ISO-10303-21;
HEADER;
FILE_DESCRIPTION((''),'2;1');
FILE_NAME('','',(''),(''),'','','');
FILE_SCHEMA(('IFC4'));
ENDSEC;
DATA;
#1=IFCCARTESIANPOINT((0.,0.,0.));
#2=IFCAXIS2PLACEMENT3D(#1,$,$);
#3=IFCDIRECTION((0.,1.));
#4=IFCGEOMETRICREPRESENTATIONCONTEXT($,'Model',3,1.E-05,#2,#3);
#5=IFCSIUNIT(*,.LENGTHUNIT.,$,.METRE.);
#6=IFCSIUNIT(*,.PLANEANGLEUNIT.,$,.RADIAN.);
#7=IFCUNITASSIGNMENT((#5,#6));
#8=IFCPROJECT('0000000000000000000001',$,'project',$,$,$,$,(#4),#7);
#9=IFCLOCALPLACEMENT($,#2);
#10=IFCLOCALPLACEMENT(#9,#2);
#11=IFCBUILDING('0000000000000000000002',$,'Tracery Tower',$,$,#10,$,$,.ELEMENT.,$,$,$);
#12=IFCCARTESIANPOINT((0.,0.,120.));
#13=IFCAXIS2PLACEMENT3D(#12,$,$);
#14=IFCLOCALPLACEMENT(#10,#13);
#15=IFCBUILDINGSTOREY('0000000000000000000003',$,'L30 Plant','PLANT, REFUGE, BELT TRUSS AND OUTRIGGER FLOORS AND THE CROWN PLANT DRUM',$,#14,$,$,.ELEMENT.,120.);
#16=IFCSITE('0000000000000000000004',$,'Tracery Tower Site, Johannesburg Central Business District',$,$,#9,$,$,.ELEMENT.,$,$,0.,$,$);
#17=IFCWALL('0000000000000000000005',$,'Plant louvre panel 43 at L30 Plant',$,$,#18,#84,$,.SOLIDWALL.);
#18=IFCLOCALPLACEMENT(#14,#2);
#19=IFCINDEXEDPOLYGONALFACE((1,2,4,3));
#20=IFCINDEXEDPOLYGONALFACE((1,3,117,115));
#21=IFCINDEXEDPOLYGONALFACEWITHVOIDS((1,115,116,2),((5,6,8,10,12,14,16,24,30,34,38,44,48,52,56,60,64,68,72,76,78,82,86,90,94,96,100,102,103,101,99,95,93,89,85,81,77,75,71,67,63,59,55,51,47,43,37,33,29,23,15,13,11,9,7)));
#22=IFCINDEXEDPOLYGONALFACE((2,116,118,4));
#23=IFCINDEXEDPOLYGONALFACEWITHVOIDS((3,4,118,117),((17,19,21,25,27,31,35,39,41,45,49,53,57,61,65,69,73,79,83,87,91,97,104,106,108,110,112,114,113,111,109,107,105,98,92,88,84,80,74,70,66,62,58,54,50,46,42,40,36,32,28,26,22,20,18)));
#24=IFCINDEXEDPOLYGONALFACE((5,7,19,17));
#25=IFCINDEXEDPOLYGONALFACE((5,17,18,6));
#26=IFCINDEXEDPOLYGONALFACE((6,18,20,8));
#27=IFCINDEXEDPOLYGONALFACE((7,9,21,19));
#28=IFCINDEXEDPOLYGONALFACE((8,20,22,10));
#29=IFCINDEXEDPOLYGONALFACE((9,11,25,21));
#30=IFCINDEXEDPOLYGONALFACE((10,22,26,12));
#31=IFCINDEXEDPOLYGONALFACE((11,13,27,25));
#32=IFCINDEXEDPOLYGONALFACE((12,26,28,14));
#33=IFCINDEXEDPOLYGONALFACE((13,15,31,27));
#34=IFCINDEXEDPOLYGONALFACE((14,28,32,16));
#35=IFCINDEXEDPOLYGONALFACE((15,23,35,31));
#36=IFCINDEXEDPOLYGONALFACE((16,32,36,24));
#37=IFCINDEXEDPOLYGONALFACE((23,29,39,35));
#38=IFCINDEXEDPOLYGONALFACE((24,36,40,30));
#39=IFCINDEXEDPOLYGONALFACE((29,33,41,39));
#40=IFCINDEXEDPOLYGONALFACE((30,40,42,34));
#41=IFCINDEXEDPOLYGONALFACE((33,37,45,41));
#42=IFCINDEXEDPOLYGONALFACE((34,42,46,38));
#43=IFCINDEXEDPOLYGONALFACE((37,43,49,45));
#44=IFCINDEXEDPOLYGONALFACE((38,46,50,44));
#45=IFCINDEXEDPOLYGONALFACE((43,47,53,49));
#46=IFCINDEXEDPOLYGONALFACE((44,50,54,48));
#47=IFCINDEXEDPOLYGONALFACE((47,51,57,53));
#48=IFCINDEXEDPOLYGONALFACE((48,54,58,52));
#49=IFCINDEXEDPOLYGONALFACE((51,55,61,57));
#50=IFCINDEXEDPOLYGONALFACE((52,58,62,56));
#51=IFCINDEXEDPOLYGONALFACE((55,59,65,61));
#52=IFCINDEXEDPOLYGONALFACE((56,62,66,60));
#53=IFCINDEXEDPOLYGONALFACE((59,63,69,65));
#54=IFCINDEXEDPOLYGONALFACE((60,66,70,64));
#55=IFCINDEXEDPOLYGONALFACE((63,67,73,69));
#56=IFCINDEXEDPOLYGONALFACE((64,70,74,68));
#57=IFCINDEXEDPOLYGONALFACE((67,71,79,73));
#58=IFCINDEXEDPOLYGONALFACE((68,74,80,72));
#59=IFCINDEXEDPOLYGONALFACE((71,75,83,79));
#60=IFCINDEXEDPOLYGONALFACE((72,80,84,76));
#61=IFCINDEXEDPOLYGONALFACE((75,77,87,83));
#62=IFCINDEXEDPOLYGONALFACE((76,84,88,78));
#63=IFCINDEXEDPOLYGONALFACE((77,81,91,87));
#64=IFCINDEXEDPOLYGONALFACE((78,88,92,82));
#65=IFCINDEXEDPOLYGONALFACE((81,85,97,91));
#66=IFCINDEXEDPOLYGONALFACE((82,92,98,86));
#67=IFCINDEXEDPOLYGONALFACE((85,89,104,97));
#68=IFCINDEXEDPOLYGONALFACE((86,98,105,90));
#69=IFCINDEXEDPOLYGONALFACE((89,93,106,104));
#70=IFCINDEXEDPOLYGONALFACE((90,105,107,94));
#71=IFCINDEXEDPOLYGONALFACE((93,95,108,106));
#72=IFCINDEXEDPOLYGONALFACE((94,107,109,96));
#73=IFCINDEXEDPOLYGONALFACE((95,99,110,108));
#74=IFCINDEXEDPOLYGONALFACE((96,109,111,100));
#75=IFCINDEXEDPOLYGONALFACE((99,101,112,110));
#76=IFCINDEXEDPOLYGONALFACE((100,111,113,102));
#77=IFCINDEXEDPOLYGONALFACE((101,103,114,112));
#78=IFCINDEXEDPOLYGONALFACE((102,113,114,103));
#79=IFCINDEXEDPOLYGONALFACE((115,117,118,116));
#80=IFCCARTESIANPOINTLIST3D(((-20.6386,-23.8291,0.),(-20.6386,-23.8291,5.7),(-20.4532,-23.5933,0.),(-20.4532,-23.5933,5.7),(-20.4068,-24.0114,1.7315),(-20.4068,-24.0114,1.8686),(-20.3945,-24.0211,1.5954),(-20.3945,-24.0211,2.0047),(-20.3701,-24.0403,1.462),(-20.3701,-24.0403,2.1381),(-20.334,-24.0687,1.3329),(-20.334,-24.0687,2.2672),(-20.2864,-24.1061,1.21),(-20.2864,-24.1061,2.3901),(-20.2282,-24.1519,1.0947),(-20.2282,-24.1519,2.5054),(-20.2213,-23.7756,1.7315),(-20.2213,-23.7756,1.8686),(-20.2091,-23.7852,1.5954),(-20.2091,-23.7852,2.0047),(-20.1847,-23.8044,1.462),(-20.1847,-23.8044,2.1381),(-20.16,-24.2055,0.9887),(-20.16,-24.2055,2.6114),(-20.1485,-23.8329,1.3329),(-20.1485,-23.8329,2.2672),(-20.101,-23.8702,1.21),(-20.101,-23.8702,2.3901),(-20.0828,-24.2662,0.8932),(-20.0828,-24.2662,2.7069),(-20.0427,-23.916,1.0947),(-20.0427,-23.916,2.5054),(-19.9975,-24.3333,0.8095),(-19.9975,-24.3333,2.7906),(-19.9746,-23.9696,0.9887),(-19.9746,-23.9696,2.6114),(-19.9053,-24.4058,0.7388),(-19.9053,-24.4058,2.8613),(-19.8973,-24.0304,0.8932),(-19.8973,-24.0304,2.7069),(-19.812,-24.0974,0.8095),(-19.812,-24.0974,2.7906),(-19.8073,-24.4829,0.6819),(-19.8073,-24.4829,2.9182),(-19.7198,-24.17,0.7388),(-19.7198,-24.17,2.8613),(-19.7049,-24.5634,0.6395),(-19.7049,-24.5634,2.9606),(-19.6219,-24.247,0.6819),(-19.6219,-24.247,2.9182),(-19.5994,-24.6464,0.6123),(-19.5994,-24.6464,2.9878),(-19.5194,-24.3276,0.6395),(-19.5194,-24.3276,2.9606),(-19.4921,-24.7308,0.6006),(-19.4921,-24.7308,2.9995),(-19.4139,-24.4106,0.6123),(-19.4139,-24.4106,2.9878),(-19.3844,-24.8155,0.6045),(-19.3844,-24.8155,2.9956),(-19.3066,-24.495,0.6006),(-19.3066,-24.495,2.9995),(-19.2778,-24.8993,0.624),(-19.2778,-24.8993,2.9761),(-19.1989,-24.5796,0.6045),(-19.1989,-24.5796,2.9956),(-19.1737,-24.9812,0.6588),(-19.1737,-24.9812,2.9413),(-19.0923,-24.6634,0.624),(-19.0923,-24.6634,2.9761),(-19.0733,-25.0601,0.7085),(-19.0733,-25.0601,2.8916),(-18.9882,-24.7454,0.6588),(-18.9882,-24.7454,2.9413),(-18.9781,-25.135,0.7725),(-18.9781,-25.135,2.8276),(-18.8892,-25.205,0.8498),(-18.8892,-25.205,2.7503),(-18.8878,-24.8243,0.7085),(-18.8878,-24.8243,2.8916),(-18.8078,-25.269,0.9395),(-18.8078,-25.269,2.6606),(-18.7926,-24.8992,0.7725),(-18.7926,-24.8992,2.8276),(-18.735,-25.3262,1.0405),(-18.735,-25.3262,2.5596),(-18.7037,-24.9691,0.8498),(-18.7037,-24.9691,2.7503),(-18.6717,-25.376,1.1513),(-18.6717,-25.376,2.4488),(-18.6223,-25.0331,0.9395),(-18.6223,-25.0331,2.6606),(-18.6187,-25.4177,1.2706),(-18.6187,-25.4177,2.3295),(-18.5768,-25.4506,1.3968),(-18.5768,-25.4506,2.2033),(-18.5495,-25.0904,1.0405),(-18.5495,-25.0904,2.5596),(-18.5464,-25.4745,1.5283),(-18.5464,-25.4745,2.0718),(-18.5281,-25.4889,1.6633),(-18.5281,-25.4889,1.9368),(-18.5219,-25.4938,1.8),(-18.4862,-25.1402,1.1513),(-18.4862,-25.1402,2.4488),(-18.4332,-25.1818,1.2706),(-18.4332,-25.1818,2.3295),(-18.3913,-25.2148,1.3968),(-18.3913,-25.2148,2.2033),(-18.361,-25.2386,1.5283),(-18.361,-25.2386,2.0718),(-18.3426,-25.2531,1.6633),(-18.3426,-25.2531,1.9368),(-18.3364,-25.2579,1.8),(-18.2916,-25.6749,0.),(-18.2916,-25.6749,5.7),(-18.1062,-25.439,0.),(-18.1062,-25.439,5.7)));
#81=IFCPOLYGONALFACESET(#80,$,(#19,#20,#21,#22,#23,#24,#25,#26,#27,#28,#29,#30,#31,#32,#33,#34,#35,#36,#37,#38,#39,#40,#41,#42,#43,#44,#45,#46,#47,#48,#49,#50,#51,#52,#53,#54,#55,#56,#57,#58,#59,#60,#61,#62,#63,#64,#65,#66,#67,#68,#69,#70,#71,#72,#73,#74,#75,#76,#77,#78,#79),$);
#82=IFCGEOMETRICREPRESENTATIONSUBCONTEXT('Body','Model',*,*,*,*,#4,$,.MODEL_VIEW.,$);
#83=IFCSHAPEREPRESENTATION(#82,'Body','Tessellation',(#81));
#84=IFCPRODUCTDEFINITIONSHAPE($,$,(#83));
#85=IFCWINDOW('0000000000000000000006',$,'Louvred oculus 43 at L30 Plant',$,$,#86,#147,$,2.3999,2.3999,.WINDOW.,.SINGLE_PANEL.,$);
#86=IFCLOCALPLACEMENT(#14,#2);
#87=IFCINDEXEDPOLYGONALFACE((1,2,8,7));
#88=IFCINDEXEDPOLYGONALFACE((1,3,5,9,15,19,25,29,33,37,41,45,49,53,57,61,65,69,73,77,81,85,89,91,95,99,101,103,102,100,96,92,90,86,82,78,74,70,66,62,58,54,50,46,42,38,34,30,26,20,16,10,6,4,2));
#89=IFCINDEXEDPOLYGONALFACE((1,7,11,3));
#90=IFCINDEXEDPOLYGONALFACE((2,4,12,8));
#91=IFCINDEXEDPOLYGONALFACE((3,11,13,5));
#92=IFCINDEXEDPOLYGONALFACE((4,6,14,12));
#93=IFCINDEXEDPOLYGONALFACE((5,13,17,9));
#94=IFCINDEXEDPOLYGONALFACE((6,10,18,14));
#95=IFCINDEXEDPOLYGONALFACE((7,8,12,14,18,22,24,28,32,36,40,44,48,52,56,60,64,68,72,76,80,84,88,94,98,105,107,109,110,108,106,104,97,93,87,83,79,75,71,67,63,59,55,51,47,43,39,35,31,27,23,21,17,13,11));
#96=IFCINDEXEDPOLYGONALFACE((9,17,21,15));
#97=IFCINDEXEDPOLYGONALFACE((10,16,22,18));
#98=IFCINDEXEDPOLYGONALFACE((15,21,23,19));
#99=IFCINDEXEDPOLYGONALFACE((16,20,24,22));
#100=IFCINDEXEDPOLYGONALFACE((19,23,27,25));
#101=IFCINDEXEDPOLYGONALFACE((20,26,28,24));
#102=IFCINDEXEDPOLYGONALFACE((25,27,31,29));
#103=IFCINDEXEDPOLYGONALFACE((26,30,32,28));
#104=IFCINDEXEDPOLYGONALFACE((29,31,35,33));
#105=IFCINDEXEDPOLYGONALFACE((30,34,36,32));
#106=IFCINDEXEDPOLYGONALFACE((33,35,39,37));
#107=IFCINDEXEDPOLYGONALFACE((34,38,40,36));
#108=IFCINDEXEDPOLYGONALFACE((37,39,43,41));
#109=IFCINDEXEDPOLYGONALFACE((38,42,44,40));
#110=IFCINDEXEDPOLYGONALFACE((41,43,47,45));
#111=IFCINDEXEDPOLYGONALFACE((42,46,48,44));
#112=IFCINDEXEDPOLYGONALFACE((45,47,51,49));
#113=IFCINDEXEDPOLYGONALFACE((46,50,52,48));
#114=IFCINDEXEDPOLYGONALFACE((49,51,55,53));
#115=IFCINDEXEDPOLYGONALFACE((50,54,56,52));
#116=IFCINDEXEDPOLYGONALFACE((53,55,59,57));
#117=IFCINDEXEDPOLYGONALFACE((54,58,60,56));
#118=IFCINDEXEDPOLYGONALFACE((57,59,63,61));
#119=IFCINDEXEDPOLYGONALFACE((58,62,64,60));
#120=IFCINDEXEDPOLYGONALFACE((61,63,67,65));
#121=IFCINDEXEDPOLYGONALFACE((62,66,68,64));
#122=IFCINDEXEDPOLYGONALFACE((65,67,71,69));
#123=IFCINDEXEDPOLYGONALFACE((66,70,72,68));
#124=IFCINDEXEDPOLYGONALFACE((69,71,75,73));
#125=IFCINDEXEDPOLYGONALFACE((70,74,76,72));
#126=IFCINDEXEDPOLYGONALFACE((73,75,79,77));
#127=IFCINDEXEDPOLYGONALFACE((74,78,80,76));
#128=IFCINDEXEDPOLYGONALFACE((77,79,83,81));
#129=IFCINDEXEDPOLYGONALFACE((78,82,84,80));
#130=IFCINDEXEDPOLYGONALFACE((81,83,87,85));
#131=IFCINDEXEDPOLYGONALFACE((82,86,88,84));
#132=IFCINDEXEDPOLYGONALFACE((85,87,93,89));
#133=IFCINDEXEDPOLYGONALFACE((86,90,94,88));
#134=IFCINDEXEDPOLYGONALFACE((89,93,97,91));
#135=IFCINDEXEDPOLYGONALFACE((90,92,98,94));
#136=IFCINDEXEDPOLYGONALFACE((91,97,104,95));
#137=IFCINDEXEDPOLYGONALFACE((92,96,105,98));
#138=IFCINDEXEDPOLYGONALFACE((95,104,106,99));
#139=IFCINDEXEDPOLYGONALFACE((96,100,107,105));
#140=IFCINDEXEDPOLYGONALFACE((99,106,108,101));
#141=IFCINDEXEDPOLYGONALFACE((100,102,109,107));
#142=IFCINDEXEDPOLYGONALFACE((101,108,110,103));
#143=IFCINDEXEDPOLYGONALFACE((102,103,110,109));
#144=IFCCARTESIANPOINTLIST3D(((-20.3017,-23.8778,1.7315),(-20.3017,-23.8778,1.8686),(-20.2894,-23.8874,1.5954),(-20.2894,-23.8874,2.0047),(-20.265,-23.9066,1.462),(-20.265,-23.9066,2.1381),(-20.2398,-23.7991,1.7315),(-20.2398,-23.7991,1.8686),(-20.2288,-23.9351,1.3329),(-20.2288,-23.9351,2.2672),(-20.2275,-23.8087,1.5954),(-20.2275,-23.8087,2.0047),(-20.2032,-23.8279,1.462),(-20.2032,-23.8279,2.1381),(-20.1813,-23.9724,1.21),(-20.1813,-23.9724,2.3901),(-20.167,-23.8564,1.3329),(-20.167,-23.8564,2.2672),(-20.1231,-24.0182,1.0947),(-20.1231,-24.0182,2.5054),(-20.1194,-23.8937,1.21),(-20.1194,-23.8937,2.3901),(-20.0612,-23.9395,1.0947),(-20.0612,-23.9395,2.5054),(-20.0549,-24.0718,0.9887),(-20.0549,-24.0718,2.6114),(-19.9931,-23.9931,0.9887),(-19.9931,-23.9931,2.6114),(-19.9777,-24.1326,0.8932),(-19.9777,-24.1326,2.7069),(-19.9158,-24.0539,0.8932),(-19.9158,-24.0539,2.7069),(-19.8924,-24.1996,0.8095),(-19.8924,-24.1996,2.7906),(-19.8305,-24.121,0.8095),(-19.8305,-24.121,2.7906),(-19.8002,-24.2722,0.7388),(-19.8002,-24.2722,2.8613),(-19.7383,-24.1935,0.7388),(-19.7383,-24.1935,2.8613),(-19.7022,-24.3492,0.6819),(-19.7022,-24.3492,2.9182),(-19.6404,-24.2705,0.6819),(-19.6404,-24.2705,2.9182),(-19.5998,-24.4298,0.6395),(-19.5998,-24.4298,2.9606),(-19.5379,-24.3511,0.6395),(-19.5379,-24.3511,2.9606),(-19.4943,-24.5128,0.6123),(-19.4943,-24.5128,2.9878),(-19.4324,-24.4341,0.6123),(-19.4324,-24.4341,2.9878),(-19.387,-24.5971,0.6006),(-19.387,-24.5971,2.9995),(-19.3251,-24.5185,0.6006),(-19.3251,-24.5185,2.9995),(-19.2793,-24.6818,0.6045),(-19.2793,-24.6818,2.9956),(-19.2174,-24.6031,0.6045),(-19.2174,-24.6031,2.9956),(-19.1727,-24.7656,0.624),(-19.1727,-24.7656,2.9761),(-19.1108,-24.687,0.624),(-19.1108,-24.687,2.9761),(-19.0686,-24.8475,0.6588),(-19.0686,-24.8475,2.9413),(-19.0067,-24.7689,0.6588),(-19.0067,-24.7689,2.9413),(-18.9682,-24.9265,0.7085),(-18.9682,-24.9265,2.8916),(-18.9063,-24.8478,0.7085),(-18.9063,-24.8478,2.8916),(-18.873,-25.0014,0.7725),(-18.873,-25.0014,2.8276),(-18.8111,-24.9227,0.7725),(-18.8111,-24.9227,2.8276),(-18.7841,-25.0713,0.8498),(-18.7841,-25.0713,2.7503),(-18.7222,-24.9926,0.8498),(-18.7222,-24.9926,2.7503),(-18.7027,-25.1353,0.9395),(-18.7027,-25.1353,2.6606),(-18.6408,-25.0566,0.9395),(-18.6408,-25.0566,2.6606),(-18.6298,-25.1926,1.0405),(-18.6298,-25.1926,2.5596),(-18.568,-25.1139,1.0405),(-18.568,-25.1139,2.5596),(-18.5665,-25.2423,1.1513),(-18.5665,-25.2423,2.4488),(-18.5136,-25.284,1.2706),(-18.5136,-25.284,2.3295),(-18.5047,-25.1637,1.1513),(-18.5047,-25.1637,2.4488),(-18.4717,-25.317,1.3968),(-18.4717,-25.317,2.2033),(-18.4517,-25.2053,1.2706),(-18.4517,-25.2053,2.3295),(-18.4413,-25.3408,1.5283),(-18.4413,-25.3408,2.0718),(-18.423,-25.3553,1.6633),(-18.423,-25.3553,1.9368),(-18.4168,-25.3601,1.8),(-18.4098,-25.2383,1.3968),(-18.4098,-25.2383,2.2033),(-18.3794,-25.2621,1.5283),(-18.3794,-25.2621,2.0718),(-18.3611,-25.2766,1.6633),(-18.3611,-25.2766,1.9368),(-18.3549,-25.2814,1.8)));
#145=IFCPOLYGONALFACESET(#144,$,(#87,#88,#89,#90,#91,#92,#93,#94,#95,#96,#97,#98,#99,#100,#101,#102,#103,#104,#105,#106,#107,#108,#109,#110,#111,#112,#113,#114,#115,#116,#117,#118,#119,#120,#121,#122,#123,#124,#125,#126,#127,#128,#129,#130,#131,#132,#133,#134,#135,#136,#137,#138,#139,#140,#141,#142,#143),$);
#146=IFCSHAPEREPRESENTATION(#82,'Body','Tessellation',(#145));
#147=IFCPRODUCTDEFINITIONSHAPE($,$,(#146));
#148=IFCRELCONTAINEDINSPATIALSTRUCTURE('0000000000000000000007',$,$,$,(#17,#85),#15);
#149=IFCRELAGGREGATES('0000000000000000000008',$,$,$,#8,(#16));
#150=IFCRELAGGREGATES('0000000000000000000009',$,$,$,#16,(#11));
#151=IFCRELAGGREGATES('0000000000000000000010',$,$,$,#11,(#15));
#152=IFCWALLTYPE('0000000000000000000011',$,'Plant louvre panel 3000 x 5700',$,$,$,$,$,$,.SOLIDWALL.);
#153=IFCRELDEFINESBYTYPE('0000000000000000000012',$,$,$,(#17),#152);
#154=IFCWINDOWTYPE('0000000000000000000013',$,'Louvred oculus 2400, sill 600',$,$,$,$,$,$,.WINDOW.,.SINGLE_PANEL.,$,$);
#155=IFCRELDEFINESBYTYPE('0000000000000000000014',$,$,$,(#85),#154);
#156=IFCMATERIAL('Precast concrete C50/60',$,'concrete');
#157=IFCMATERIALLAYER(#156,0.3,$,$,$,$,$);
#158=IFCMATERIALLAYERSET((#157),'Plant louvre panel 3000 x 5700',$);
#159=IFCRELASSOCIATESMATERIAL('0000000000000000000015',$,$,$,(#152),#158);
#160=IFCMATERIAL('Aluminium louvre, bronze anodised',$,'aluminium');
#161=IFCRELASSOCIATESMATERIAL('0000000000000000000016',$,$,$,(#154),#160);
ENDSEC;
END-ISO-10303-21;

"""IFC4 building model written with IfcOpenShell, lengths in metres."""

from ifc_helpers import new_model, si_unit, direction, frame, frame_2d, origin, origin_2d, place, context, subcontext, project, spatial, rectangle, circle, extrude, material, layer, layer_set, type_object, element, fill, save


model = new_model("IFC4")

# Units and contexts
model_context = context("Model", 3, precision=1e-05, world=origin(), true_north=direction((0.0, 1.0)))
body_context = subcontext(model_context, "Body", "Model", "MODEL_VIEW")
ifc_project = project(units=[si_unit("LENGTHUNIT", "METRE"), si_unit("PLANEANGLEUNIT", "RADIAN")], contexts=[model_context])

# Site, building, storey
site_placement = place(None, origin())
site = spatial("IfcSite", under=ifc_project, at=site_placement, Name="Tracery Tower Site, Johannesburg Central Business District", CompositionType="ELEMENT", RefElevation=0.0)
building_placement = place(site_placement, origin())
building = spatial("IfcBuilding", under=site, at=building_placement, Name="Tracery Tower", CompositionType="ELEMENT")
storey_placement = place(building_placement, frame((0.0, 0.0, 120.0)))
storey = spatial("IfcBuildingStorey", under=building, at=storey_placement, Name="L30 Plant", Description="PLANT, REFUGE, BELT TRUSS AND OUTRIGGER FLOORS AND THE CROWN PLANT DRUM", CompositionType="ELEMENT", Elevation=120.0)

# Wall, opening, window
ifc_material_1 = material(Name="Precast concrete C50/60", Category="concrete")
ifc_layer_1 = layer(ifc_material_1, 0.3)
ifc_layer_set_1 = layer_set([ifc_layer_1], Name="Plant louvre panel 3000 x 5700")
wall_type_1 = type_object("IfcWallType", Name="Plant louvre panel 3000 x 5700", PredefinedType="SOLIDWALL", material=ifc_layer_set_1)
ifc_material_2 = material(Name="Aluminium louvre, bronze anodised", Category="aluminium")
window_type = type_object("IfcWindowType", Name="Louvred oculus 2400, sill 600", PartitioningType="SINGLE_PANEL", PredefinedType="WINDOW", material=ifc_material_2)
wall_1_placement = place(storey_placement, frame((-20.5459, -23.7112, 0.0), z_axis=(0.0, 0.0, 1.0), x_axis=(0.786043, -0.618172, 0.0)))
wall_1 = element("IfcWall", 1, at=wall_1_placement, inside=storey, type_object=wall_type_1, Name="Plant louvre panel 43 at L30 Plant", PredefinedType="SOLIDWALL", context=body_context, shape_type="SweptSolid", body=[
    extrude(rectangle(XDim=2.9858, YDim=0.3, at=frame_2d((1.4929, 0.0))), origin(), (0.0, 0.0, 1.0), 5.7),
])
opening_1_placement = place(wall_1_placement, frame((1.4929, 0.0, 1.8)))
opening_1 = element("IfcOpeningElement", 2, at=opening_1_placement, cuts=wall_1, PredefinedType="OPENING", context=body_context, shape_type="SweptSolid", body=[
    extrude(circle(Radius=1.2, at=origin_2d()), frame((0.0, 0.1599, 0.0), z_axis=(0.0, -1.0, 0.0), x_axis=(1.0, 0.0, 0.0)), (0.0, 0.0, 1.0), 0.3201),
])
window_1_placement = place(opening_1_placement, origin())
window_1 = element("IfcWindow", 3, at=window_1_placement, inside=storey, type_object=window_type, Name="Louvred oculus 43 at L30 Plant", OverallHeight=2.3999, OverallWidth=2.3999, PartitioningType="SINGLE_PANEL", PredefinedType="WINDOW", context=body_context, shape_type="SweptSolid", body=[
    extrude(circle(Radius=1.2, at=origin_2d()), frame((0.0, 0.1201, 0.0), z_axis=(0.0, -1.0, 0.0), x_axis=(1.0, 0.0, 0.0)), (0.0, 0.0, 1.0), 0.1001),
])
fill(opening_1, window_1)

save(model, "model.ifc")
